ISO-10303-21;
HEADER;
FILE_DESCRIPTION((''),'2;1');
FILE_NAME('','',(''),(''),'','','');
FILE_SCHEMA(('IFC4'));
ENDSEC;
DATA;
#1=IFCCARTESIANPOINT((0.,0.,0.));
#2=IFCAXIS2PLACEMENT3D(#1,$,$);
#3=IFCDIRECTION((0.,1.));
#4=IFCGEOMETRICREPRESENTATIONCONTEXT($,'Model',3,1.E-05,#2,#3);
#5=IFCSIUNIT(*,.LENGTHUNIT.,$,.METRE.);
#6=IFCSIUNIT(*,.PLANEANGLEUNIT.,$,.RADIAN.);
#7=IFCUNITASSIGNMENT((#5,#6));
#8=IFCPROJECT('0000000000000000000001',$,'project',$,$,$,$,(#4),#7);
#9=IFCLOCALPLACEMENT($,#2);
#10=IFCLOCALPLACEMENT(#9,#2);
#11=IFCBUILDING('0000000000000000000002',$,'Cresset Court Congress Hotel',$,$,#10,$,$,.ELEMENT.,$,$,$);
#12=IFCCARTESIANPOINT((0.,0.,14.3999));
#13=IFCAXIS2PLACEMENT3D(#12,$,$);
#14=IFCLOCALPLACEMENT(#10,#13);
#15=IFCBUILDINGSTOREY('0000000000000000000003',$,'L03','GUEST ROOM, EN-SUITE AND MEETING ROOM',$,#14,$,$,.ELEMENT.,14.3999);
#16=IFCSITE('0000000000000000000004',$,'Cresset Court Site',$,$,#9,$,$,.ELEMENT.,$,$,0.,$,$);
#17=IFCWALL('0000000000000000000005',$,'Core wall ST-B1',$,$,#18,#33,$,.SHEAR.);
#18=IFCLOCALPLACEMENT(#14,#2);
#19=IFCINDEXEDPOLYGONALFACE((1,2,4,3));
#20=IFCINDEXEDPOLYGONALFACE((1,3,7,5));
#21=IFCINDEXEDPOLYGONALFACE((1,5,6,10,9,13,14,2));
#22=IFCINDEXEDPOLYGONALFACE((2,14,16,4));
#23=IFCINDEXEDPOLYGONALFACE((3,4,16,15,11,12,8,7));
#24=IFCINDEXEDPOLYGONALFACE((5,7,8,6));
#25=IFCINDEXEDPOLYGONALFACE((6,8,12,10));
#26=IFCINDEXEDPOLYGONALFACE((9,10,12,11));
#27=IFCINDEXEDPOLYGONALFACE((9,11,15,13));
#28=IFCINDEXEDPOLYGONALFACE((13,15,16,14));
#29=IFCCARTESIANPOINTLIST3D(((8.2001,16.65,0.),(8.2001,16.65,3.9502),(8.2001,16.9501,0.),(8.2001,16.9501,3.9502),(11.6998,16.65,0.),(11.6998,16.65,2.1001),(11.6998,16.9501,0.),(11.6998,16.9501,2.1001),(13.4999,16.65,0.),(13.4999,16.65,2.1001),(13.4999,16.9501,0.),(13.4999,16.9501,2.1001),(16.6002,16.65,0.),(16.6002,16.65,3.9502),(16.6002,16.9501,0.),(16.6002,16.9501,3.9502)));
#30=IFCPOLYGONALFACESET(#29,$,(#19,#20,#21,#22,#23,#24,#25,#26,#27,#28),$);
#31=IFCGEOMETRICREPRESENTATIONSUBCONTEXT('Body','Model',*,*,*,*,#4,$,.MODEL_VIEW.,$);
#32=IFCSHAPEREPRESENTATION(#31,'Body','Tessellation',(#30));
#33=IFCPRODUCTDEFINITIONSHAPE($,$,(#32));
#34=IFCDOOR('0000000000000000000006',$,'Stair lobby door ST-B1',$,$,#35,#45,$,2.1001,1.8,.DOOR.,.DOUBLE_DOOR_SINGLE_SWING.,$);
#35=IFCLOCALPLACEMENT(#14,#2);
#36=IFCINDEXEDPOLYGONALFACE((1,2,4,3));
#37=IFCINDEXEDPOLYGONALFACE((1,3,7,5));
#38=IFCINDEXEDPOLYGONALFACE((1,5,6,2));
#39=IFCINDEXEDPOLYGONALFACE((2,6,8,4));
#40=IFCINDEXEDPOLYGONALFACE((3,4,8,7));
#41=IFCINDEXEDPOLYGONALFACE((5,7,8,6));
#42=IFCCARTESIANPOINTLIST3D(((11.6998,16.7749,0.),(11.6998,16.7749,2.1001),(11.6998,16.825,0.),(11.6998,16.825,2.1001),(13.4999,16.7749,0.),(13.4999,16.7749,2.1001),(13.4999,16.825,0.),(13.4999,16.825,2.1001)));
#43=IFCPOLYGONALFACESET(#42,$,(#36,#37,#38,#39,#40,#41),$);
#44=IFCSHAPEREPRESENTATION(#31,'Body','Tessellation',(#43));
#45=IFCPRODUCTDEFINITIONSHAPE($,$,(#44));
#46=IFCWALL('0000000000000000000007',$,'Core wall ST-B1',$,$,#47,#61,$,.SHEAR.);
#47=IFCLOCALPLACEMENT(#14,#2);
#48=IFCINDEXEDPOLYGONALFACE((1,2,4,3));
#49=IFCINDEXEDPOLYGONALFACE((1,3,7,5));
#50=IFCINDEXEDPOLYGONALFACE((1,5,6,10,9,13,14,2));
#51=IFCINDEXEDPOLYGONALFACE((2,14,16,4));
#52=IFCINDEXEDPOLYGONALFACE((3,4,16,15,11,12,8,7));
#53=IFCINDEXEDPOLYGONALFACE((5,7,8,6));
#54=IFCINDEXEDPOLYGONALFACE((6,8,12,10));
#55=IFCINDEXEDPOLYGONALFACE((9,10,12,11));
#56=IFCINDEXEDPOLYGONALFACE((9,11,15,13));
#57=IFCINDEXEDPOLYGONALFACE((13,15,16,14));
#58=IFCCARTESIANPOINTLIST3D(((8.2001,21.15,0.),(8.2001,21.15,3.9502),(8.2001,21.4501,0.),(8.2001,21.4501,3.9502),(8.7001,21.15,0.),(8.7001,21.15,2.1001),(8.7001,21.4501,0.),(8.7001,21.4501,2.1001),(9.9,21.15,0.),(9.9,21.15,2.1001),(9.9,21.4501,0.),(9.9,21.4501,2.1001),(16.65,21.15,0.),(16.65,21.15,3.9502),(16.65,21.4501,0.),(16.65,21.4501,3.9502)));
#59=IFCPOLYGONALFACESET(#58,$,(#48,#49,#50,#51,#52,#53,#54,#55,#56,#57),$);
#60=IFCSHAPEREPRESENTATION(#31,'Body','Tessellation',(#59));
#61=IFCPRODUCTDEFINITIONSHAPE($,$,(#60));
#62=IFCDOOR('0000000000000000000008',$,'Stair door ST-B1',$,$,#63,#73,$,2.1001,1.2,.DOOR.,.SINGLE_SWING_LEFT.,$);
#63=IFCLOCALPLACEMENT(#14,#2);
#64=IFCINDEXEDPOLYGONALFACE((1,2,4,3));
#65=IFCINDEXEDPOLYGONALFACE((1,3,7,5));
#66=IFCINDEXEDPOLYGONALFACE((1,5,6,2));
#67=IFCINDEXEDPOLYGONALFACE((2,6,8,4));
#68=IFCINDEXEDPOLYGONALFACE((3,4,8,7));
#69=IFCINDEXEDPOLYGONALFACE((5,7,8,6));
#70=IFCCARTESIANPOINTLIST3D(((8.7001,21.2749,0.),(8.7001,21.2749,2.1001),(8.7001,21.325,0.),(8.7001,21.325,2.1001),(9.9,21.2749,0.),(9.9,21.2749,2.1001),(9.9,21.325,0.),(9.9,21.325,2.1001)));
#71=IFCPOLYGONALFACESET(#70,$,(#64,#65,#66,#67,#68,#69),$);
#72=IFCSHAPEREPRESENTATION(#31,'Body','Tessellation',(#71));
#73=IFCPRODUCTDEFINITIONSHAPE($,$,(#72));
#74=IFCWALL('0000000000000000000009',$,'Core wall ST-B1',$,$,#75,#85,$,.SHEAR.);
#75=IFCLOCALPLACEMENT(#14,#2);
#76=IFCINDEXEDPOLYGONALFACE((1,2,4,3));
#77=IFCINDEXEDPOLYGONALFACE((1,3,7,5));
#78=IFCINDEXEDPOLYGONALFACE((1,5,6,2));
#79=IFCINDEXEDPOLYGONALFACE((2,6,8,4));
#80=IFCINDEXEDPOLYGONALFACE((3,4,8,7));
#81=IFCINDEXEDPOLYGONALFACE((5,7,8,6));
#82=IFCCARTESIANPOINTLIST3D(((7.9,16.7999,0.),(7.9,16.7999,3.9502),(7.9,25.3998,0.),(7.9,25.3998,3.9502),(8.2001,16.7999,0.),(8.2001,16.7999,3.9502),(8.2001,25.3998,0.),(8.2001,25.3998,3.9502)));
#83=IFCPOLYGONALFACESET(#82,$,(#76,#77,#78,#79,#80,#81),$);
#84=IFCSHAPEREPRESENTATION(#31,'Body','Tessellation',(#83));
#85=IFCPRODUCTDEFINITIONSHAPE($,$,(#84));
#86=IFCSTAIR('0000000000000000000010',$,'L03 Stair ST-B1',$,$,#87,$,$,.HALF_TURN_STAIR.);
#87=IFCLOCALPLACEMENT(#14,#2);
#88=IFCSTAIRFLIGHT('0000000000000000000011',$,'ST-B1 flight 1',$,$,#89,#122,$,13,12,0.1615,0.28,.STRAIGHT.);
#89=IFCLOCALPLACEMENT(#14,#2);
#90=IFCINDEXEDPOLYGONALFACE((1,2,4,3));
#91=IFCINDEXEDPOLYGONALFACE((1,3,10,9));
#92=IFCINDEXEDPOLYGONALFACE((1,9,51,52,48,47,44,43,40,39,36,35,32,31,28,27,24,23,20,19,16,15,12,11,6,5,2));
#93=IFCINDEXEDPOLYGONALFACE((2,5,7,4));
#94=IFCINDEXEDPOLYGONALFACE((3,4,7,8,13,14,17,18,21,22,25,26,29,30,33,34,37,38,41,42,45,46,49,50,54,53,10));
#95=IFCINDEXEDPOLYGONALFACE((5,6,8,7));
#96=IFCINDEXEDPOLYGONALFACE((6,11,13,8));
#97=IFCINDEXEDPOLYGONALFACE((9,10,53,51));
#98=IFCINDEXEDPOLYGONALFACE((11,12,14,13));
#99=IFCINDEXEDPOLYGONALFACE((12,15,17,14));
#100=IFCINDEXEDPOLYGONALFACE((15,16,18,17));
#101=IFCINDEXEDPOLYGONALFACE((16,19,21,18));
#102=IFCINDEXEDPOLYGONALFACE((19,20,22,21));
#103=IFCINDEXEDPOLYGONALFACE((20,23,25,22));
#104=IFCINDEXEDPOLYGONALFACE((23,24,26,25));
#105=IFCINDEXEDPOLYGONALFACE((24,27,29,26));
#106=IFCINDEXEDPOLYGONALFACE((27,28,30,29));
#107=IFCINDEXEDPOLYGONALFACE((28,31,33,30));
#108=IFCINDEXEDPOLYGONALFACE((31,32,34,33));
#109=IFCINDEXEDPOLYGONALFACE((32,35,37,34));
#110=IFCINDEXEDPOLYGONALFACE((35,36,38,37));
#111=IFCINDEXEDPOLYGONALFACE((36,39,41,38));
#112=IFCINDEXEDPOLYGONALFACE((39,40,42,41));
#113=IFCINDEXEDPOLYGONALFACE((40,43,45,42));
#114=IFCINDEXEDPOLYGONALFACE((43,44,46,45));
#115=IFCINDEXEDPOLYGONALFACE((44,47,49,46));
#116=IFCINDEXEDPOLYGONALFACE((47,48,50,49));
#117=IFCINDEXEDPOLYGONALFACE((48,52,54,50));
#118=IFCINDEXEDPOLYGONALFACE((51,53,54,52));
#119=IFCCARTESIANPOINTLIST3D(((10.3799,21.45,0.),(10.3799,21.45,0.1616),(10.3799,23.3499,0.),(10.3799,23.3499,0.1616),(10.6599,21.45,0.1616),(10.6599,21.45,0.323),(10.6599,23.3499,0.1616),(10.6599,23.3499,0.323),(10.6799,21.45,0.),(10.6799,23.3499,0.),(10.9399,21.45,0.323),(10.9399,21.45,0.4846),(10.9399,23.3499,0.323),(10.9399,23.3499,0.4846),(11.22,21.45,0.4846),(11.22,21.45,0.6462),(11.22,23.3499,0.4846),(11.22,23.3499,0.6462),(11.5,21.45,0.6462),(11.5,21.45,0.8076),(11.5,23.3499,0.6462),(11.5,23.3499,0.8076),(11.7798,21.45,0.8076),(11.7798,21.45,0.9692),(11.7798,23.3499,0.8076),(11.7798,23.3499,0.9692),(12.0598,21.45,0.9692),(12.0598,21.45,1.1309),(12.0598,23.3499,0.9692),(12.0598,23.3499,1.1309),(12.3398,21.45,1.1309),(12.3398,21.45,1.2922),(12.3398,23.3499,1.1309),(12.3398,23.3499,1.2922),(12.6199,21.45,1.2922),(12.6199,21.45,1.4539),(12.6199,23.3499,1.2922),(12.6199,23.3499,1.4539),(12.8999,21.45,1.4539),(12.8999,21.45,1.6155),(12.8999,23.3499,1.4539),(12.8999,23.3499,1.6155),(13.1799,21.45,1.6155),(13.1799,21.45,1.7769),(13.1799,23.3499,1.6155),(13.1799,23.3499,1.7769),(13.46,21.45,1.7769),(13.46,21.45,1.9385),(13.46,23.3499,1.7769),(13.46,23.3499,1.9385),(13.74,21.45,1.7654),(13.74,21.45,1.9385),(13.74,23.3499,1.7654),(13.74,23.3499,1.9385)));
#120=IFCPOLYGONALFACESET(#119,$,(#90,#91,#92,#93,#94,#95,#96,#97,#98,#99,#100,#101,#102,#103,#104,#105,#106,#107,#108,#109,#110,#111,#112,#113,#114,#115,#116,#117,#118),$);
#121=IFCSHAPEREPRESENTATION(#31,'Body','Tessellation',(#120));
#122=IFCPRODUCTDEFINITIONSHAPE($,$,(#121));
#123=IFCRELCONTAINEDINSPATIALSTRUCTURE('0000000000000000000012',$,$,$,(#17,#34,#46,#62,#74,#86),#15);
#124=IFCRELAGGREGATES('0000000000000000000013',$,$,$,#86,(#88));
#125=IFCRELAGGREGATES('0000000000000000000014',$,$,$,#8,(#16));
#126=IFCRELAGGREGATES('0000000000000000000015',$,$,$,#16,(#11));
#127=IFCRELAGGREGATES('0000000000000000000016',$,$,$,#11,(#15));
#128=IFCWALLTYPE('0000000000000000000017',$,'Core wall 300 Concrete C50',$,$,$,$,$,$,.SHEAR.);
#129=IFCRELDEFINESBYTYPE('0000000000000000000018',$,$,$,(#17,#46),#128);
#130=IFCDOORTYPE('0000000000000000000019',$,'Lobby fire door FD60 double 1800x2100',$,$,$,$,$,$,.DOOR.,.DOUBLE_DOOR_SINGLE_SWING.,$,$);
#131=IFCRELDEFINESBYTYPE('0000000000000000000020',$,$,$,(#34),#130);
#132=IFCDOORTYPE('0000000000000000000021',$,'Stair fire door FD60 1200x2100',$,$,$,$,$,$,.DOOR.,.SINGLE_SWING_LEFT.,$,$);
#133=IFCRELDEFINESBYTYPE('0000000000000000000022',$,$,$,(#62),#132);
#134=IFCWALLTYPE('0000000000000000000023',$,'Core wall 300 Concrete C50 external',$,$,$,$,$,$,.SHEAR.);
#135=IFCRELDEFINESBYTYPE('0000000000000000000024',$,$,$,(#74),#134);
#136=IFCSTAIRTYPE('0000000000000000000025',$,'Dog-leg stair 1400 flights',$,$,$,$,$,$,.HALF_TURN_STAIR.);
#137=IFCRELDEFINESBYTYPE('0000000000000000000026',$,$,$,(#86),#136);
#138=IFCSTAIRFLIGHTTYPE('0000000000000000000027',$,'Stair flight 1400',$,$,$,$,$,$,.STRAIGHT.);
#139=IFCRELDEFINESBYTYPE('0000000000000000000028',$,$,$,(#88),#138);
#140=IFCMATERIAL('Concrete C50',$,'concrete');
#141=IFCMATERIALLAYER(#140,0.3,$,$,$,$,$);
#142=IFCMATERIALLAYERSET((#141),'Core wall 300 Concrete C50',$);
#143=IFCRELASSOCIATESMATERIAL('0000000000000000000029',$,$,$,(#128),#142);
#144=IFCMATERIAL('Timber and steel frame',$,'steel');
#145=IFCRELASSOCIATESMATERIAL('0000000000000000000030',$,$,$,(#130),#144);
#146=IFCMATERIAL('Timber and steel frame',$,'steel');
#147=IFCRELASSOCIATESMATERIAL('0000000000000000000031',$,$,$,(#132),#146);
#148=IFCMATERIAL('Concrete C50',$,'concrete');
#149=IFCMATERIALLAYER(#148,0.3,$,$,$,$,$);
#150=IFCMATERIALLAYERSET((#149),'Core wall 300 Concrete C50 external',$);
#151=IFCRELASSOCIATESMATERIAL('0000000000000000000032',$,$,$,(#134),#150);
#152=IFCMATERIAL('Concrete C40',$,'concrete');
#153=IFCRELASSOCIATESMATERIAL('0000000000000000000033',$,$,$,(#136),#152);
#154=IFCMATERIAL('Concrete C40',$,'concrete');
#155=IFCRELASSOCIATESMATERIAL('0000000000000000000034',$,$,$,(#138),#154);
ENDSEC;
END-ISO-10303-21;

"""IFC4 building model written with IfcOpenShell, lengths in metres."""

from ifc_helpers import new_model, si_unit, direction, frame, frame_2d, origin, place, context, subcontext, project, spatial, polyline, rectangle, outline, extrude, material, layer, layer_set, type_object, element, fill, aggregate, save


model = new_model("IFC4")

# Units and contexts
model_context = context("Model", 3, precision=1e-05, world=origin(), true_north=direction((0.0, 1.0)))
body_context = subcontext(model_context, "Body", "Model", "MODEL_VIEW")
ifc_project = project(units=[si_unit("LENGTHUNIT", "METRE"), si_unit("PLANEANGLEUNIT", "RADIAN")], contexts=[model_context])

# Site, building, storey
site_placement = place(None, origin())
site = spatial("IfcSite", under=ifc_project, at=site_placement, Name="Cresset Court Site", CompositionType="ELEMENT", RefElevation=0.0)
building_placement = place(site_placement, origin())
building = spatial("IfcBuilding", under=site, at=building_placement, Name="Cresset Court Congress Hotel", CompositionType="ELEMENT")
storey_placement = place(building_placement, frame((0.0, 0.0, 14.3999)))
storey = spatial("IfcBuildingStorey", under=building, at=storey_placement, Name="L03", Description="GUEST ROOM, EN-SUITE AND MEETING ROOM", CompositionType="ELEMENT", Elevation=14.3999)

# Walls, openings, doors
ifc_material_1 = material(Name="Concrete C50", Category="concrete")
ifc_layer_1 = layer(ifc_material_1, 0.3)
ifc_layer_set_1 = layer_set([ifc_layer_1], Name="Core wall 300 Concrete C50")
wall_type_1 = type_object("IfcWallType", Name="Core wall 300 Concrete C50", PredefinedType="SHEAR", material=ifc_layer_set_1)
wall_1_placement = place(storey_placement, frame((8.2, 16.8, 0.0), z_axis=(0.0, 0.0, 1.0), x_axis=(1.0, 0.0, 0.0)))
wall_1 = element("IfcWall", 1, at=wall_1_placement, inside=storey, type_object=wall_type_1, Name="Core wall ST-B1", PredefinedType="SHEAR", context=body_context, shape_type="SweptSolid", body=[
    extrude(rectangle(XDim=8.4001, YDim=0.3, at=frame_2d((4.2002, 0.0))), origin(), (0.0, 0.0, 1.0), 3.9502),
])
opening_1_placement = place(wall_1_placement, frame((3.5, 0.0, 0.0)))
opening_1 = element("IfcOpeningElement", 2, at=opening_1_placement, cuts=wall_1, PredefinedType="OPENING", context=body_context, shape_type="SweptSolid", body=[
    extrude(rectangle(XDim=1.8, YDim=2.1001, at=frame_2d((0.8999, 1.05))), frame((0.0, 0.1599, 0.0), z_axis=(0.0, -1.0, 0.0), x_axis=(1.0, 0.0, 0.0)), (0.0, 0.0, 1.0), 0.3201),
])
ifc_material_2 = material(Name="Timber and steel frame", Category="steel")
door_type_1 = type_object("IfcDoorType", Name="Lobby fire door FD60 double 1800x2100", OperationType="DOUBLE_DOOR_SINGLE_SWING", PredefinedType="DOOR", material=ifc_material_2)
door_1_placement = place(opening_1_placement, origin())
door_1 = element("IfcDoor", 3, at=door_1_placement, inside=storey, type_object=door_type_1, Name="Stair lobby door ST-B1", OperationType="DOUBLE_DOOR_SINGLE_SWING", OverallHeight=2.1001, OverallWidth=1.8, PredefinedType="DOOR", context=body_context, shape_type="SweptSolid", body=[
    extrude(rectangle(XDim=1.8, YDim=2.1001, at=frame_2d((0.8999, 1.05))), frame((0.0, 0.0249, 0.0), z_axis=(0.0, -1.0, 0.0), x_axis=(1.0, 0.0, 0.0)), (0.0, 0.0, 1.0), 0.05),
])
fill(opening_1, door_1)
wall_2_placement = place(storey_placement, frame((8.2, 21.3, 0.0), z_axis=(0.0, 0.0, 1.0), x_axis=(1.0, 0.0, 0.0)))
wall_2 = element("IfcWall", 4, at=wall_2_placement, inside=storey, type_object=wall_type_1, Name="Core wall ST-B1", PredefinedType="SHEAR", context=body_context, shape_type="SweptSolid", body=[
    extrude(rectangle(XDim=8.45, YDim=0.3, at=frame_2d((4.2251, 0.0))), origin(), (0.0, 0.0, 1.0), 3.9502),
])
opening_2_placement = place(wall_2_placement, frame((0.5, 0.0, 0.0)))
opening_2 = element("IfcOpeningElement", 5, at=opening_2_placement, cuts=wall_2, PredefinedType="OPENING", context=body_context, shape_type="SweptSolid", body=[
    extrude(rectangle(XDim=1.2, YDim=2.1001, at=frame_2d((0.6001, 1.05))), frame((0.0, 0.1599, 0.0), z_axis=(0.0, -1.0, 0.0), x_axis=(1.0, 0.0, 0.0)), (0.0, 0.0, 1.0), 0.3201),
])
ifc_material_3 = material(Name="Timber and steel frame", Category="steel")
door_type_2 = type_object("IfcDoorType", Name="Stair fire door FD60 1200x2100", OperationType="SINGLE_SWING_LEFT", PredefinedType="DOOR", material=ifc_material_3)
door_2_placement = place(opening_2_placement, origin())
door_2 = element("IfcDoor", 6, at=door_2_placement, inside=storey, type_object=door_type_2, Name="Stair door ST-B1", OperationType="SINGLE_SWING_LEFT", OverallHeight=2.1001, OverallWidth=1.2, PredefinedType="DOOR", context=body_context, shape_type="SweptSolid", body=[
    extrude(rectangle(XDim=1.2, YDim=2.1001, at=frame_2d((0.6001, 1.05))), frame((0.0, 0.0249, 0.0), z_axis=(0.0, -1.0, 0.0), x_axis=(1.0, 0.0, 0.0)), (0.0, 0.0, 1.0), 0.05),
])
fill(opening_2, door_2)

# Wall
ifc_material_4 = material(Name="Concrete C50", Category="concrete")
ifc_layer_2 = layer(ifc_material_4, 0.3)
ifc_layer_set_2 = layer_set([ifc_layer_2], Name="Core wall 300 Concrete C50 external")
wall_type_2 = type_object("IfcWallType", Name="Core wall 300 Concrete C50 external", PredefinedType="SHEAR", material=ifc_layer_set_2)
wall_3_placement = place(storey_placement, frame((8.05, 16.8, 0.0), z_axis=(0.0, 0.0, 1.0), x_axis=(0.0, 1.0, 0.0)))
element("IfcWall", 7, at=wall_3_placement, inside=storey, type_object=wall_type_2, Name="Core wall ST-B1", PredefinedType="SHEAR", context=body_context, shape_type="SweptSolid", body=[
    extrude(rectangle(XDim=8.5999, YDim=0.3, at=frame_2d((4.2998, 0.0))), origin(), (0.0, 0.0, 1.0), 3.9502),
])

# Stair, stair flight
ifc_material_5 = material(Name="Concrete C40", Category="concrete")
stair_type = type_object("IfcStairType", Name="Dog-leg stair 1400 flights", PredefinedType="HALF_TURN_STAIR", material=ifc_material_5)
stair_placement = place(storey_placement, origin())
stair = element("IfcStair", 8, at=stair_placement, inside=storey, type_object=stair_type, Name="L03 Stair ST-B1", PredefinedType="HALF_TURN_STAIR")
ifc_material_6 = material(Name="Concrete C40", Category="concrete")
stair_flight_type = type_object("IfcStairFlightType", Name="Stair flight 1400", PredefinedType="STRAIGHT", material=ifc_material_6)
stair_flight_placement = place(storey_placement, frame((10.3799, 22.3999, 0.0), z_axis=(0.0, 0.0, 1.0), x_axis=(1.0, 0.0, 0.0)))
stair_flight = element("IfcStairFlight", 9, at=stair_flight_placement, type_object=stair_flight_type, Name="ST-B1 flight 1", NumberOfRisers=13, NumberOfTreads=12, PredefinedType="STRAIGHT", RiserHeight=0.1615, TreadLength=0.28, context=body_context, shape_type="SweptSolid", body=[
    extrude(outline(polyline([(0.0, 0.0), (0.0, 0.1616), (0.28, 0.1616), (0.28, 0.323), (0.5601, 0.323), (0.5601, 0.4846), (0.8401, 0.4846), (0.8401, 0.6462), (1.1201, 0.6462), (1.1201, 0.8076), (1.3999, 0.8076), (1.3999, 0.9692), (1.6799, 0.9692), (1.6799, 1.1309), (1.96, 1.1309), (1.96, 1.2922), (2.24, 1.2922), (2.24, 1.4539), (2.52, 1.4539), (2.52, 1.6155), (2.8, 1.6155), (2.8, 1.7769), (3.0801, 1.7769), (3.0801, 1.9385), (3.3601, 1.9385), (3.3601, 2.1001), (3.3601, 1.7654), (0.3, 0.0), (0.0, 0.0)])), frame((0.0, 0.95, 0.0), z_axis=(0.0, -1.0, 0.0), x_axis=(1.0, 0.0, 0.0)), (0.0, 0.0, 1.0), 1.8999),
])
aggregate(stair, [stair_flight])

save(model, "model.ifc")
